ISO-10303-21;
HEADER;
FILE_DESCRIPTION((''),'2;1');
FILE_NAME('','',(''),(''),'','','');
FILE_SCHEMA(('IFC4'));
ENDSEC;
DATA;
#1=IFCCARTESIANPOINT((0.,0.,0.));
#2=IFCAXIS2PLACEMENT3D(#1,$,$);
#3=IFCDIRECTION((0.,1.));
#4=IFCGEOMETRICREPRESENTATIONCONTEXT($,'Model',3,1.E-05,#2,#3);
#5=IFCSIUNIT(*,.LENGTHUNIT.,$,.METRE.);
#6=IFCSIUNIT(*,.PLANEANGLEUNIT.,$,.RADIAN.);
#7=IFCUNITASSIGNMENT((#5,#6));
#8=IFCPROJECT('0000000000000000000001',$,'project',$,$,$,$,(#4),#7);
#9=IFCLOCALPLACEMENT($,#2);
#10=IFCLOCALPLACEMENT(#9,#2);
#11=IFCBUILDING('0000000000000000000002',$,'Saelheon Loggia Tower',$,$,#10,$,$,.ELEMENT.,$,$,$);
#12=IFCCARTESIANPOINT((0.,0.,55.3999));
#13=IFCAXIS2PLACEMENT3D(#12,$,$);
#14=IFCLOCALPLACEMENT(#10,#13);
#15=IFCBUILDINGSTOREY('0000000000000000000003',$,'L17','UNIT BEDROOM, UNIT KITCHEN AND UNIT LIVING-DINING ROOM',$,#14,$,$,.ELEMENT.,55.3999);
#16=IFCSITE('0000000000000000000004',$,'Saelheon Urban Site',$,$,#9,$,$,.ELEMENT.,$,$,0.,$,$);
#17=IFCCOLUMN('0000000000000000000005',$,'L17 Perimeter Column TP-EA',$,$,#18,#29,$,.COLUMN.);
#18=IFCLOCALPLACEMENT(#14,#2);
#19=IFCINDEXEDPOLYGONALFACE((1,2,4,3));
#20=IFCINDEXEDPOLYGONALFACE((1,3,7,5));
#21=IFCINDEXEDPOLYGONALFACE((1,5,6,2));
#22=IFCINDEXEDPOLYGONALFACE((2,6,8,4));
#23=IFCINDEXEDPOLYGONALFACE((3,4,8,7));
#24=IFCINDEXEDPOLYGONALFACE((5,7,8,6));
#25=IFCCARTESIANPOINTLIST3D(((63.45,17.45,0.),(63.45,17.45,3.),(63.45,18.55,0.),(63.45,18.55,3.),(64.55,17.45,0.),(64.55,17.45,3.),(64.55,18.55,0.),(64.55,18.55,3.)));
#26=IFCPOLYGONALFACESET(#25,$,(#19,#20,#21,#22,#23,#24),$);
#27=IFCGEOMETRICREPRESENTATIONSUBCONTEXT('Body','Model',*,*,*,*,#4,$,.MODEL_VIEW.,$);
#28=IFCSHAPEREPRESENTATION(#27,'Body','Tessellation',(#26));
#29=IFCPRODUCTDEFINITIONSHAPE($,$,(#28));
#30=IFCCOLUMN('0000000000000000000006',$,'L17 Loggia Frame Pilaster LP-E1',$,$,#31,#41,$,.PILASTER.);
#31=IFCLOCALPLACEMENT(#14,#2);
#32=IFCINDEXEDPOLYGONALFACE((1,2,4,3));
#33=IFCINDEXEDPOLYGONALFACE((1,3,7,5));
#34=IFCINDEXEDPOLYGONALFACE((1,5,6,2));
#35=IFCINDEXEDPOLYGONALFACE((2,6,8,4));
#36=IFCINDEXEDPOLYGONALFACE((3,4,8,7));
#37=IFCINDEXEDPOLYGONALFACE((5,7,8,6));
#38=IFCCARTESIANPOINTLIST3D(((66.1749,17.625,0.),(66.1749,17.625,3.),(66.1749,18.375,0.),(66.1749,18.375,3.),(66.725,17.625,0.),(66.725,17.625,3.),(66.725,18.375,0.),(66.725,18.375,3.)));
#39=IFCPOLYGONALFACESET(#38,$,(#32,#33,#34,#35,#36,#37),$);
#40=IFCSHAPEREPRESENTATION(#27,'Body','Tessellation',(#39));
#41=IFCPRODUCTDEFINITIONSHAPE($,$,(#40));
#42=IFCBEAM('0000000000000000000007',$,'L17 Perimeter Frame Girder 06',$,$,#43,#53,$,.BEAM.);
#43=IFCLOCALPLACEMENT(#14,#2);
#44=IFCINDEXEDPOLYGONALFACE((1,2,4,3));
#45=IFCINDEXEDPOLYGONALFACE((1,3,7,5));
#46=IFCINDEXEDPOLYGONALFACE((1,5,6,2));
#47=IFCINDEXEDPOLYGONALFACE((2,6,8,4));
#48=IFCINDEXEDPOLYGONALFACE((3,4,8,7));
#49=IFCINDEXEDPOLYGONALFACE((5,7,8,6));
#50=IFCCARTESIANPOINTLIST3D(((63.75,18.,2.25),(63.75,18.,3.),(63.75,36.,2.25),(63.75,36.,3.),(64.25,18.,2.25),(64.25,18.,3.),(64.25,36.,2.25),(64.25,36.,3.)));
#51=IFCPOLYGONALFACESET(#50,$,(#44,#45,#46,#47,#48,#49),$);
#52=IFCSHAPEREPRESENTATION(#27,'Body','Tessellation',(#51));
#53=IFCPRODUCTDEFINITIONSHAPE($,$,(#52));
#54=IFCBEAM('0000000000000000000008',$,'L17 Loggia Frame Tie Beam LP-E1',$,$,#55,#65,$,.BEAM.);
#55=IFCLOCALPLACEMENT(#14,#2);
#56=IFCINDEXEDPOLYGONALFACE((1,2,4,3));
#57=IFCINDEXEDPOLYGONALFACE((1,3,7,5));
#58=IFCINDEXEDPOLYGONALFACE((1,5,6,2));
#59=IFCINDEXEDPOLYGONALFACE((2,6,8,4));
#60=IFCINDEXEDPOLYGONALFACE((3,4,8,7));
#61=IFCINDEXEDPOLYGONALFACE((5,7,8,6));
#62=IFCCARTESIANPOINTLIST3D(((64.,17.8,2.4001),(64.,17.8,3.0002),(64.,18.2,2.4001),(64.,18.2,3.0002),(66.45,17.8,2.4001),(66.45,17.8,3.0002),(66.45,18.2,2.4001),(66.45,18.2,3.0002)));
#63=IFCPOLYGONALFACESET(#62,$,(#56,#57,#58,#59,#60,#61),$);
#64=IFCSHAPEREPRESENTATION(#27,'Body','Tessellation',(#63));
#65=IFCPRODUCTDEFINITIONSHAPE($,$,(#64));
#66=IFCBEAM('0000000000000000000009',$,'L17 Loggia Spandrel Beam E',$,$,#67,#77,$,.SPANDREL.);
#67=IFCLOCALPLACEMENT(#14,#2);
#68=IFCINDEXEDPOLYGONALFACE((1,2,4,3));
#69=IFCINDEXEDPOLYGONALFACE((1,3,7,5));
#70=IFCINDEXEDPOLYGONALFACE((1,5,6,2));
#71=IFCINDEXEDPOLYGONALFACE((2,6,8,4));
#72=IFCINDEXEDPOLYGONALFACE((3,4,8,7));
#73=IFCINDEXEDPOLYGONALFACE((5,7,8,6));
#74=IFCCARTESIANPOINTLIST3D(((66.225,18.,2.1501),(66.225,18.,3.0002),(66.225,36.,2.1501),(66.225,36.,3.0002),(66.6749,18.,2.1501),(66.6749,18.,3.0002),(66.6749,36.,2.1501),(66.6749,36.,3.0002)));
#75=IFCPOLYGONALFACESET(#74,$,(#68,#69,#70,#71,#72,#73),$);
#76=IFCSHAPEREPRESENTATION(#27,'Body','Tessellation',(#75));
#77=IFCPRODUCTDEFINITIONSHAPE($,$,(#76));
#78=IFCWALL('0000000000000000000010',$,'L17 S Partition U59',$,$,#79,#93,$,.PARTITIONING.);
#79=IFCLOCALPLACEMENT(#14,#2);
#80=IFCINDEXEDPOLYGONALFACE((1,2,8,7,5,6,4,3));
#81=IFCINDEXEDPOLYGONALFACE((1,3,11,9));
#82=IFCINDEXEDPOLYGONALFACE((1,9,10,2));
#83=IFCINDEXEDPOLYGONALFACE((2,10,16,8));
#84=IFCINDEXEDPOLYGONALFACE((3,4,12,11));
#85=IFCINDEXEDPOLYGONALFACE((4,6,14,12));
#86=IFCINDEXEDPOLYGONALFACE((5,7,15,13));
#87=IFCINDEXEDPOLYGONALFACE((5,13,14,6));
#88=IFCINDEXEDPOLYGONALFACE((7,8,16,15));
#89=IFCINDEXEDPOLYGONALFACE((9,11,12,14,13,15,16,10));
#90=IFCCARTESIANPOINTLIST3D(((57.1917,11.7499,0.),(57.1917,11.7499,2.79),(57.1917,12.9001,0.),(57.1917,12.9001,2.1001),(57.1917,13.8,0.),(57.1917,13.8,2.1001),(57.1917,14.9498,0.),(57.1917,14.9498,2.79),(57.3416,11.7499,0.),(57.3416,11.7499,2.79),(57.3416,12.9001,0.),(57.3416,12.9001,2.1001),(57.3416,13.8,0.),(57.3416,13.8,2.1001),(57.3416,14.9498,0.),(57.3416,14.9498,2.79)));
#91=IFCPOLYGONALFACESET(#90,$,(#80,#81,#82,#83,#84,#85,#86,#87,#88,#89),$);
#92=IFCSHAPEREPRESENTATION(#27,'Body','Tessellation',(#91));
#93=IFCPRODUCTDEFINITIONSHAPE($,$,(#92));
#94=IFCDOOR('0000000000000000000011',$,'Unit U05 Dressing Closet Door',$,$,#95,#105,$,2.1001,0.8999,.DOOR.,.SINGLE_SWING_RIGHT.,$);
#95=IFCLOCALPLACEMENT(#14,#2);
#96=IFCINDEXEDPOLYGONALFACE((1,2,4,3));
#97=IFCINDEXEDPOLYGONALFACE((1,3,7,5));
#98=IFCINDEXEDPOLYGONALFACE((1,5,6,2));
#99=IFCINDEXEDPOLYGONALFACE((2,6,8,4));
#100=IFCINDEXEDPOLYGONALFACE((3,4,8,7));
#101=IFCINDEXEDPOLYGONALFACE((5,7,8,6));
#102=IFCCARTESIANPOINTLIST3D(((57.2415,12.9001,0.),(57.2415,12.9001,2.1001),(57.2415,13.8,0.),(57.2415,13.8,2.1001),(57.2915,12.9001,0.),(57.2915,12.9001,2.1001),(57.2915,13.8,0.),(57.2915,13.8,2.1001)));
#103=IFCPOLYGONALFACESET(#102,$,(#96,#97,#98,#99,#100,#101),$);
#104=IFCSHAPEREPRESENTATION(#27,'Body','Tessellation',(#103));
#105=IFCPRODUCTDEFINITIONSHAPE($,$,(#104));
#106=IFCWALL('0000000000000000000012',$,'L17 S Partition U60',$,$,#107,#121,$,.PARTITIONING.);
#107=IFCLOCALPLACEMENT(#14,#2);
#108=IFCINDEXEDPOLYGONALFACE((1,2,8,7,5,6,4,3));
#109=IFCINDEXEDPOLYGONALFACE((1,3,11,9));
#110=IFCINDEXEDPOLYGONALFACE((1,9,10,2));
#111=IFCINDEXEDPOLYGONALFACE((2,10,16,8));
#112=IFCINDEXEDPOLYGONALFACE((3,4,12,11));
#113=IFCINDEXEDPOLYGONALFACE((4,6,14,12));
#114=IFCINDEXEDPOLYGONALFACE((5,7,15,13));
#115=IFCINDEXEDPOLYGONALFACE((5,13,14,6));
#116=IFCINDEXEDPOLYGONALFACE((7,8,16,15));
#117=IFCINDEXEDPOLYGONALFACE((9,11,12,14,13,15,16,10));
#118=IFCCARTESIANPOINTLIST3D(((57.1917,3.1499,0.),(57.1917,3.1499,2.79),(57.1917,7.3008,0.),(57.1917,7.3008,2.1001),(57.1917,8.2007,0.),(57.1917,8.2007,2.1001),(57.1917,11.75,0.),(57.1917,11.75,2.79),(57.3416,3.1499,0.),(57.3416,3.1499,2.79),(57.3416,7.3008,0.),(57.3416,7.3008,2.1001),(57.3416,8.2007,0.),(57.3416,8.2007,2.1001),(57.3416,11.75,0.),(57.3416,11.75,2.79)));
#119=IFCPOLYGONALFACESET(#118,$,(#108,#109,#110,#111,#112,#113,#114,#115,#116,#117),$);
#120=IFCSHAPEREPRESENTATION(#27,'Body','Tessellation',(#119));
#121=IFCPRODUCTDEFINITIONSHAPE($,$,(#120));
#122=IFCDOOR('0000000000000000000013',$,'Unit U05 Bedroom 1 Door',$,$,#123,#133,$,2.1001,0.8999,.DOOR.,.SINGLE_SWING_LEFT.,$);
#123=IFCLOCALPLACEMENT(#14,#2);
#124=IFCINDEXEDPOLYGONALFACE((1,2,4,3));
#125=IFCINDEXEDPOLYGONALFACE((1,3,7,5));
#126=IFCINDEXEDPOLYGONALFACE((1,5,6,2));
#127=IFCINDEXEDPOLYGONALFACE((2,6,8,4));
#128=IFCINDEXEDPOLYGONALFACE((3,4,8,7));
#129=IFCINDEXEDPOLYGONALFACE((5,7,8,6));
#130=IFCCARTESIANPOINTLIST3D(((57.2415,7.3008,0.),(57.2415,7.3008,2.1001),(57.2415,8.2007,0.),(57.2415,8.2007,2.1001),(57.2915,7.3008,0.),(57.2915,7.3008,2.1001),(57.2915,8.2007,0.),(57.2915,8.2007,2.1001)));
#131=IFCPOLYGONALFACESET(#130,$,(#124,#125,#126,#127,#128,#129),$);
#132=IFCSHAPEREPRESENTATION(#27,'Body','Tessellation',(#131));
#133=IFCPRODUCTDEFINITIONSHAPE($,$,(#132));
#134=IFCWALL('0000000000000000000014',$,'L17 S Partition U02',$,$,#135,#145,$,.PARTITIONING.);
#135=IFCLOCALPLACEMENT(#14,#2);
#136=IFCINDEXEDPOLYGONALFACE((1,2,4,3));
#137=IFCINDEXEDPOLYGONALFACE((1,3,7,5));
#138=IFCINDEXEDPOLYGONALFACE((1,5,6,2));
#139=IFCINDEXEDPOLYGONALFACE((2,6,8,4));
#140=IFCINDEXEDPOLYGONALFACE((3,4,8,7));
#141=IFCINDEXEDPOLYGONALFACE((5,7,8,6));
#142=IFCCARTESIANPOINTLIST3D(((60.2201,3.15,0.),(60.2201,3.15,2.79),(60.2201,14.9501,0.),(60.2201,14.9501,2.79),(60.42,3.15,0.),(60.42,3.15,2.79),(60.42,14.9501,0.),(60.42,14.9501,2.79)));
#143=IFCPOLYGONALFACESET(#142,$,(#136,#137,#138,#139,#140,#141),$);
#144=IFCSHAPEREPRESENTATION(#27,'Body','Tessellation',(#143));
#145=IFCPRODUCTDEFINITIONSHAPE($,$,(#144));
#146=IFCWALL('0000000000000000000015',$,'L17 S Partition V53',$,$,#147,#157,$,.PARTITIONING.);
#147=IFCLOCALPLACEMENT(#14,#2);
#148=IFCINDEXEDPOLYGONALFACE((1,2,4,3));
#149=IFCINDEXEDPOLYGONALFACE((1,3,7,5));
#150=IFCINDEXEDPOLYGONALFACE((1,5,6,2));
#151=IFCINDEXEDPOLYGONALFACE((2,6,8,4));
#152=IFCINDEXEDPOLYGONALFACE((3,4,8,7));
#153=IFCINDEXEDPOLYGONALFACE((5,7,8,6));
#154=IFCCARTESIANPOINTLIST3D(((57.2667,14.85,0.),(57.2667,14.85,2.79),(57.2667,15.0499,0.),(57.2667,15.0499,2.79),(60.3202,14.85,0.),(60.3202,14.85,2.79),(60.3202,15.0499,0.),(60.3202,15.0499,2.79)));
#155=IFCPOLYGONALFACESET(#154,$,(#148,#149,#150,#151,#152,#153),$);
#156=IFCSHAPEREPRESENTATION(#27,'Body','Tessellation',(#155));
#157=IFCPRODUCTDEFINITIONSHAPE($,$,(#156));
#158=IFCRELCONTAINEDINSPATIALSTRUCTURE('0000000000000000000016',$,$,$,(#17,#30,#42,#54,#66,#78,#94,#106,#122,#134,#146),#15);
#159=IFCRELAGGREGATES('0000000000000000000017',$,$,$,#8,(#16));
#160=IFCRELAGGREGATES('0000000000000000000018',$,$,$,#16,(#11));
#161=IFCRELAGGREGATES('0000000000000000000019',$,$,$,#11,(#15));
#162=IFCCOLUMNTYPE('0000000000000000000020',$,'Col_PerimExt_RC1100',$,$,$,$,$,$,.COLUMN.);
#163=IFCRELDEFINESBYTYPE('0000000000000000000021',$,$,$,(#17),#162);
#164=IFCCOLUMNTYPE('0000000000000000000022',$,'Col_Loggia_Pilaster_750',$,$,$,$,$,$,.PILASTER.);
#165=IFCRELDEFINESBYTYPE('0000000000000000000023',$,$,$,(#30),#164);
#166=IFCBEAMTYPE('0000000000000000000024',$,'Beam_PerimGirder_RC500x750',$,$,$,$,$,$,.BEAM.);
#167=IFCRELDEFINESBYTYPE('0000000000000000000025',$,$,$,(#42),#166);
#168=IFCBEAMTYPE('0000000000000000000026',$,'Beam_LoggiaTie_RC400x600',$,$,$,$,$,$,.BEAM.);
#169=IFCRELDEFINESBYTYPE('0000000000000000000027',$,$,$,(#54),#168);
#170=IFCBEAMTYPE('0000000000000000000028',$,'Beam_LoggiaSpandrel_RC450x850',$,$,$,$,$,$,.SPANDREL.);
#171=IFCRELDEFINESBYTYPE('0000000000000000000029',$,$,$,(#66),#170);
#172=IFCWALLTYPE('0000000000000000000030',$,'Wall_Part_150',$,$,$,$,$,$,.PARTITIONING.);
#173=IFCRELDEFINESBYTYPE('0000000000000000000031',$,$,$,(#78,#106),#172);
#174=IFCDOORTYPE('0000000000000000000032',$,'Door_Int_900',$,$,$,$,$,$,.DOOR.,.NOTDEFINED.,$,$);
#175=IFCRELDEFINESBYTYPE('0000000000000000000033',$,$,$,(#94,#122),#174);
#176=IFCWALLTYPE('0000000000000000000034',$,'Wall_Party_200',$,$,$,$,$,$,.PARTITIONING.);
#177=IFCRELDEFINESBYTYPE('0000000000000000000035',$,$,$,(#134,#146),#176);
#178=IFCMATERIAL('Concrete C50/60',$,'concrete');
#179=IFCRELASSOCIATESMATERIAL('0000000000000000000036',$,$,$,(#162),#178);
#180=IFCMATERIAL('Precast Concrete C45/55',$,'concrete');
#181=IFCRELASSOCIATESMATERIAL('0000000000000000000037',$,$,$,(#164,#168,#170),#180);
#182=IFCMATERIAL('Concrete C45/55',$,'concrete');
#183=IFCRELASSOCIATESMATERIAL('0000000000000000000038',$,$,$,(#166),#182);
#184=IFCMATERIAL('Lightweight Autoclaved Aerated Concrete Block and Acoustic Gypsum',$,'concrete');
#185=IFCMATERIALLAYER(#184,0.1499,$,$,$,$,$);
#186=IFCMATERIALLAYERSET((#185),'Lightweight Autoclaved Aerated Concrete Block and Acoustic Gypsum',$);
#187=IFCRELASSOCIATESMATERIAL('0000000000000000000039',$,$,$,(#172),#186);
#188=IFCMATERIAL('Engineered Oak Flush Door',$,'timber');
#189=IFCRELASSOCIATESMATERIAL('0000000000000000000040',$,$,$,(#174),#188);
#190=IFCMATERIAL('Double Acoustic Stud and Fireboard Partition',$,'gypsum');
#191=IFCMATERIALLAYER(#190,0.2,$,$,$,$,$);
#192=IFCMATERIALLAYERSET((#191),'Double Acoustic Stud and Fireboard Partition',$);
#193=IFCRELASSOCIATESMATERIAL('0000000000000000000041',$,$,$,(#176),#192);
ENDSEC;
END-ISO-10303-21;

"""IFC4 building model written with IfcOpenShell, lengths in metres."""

from ifc_helpers import new_model, si_unit, direction, frame, frame_2d, origin, origin_2d, place, context, subcontext, project, spatial, rectangle, extrude, source, transform, mapped, material, layer, layer_set, material_profile, profile_set, type_object, element, fill, save


model = new_model("IFC4")

# Units and contexts
model_context = context("Model", 3, precision=1e-05, world=origin(), true_north=direction((0.0, 1.0)))
body_context = subcontext(model_context, "Body", "Model", "MODEL_VIEW")
ifc_project = project(units=[si_unit("LENGTHUNIT", "METRE"), si_unit("PLANEANGLEUNIT", "RADIAN")], contexts=[model_context])

# Site, building, storey
site_placement = place(None, origin())
site = spatial("IfcSite", under=ifc_project, at=site_placement, Name="Saelheon Urban Site", CompositionType="ELEMENT", RefElevation=0.0)
building_placement = place(site_placement, origin())
building = spatial("IfcBuilding", under=site, at=building_placement, Name="Saelheon Loggia Tower", CompositionType="ELEMENT")
storey_placement = place(building_placement, frame((0.0, 0.0, 55.3999)))
storey = spatial("IfcBuildingStorey", under=building, at=storey_placement, Name="L17", Description="UNIT BEDROOM, UNIT KITCHEN AND UNIT LIVING-DINING ROOM", CompositionType="ELEMENT", Elevation=55.3999)

# Columns
ifc_material_1 = material(Name="Concrete C50/60", Category="concrete")
ifc_material_profile_1 = material_profile(ifc_material_1, rectangle(XDim=1.1001, YDim=1.1001, at=origin_2d()), Name="RC-1100x1100")
ifc_profile_set_1 = profile_set([ifc_material_profile_1], Name="Concrete C50/60")
column_type_1 = type_object("IfcColumnType", Name="Col_PerimExt_RC1100", PredefinedType="COLUMN", material=ifc_profile_set_1)
shared_shape_1 = source(origin(), body_context, "Body", "SweptSolid", [
    extrude(rectangle(XDim=1.1001, YDim=1.1001, at=origin_2d()), origin(), (0.0, 0.0, 1.0), 3.0),
])
column_1_placement = place(storey_placement, frame((64.0, 18.0, 0.0), z_axis=(0.0, 0.0, 1.0), x_axis=(1.0, 0.0, 0.0)))
element("IfcColumn", 1, at=column_1_placement, inside=storey, type_object=column_type_1, Name="L17 Perimeter Column TP-EA", PredefinedType="COLUMN", context=body_context, shape_type="MappedRepresentation", body=[
    mapped(shared_shape_1, transform((0.0, 0.0, 0.0), scale=1.0)),
])
ifc_material_2 = material(Name="Precast Concrete C45/55", Category="concrete")
ifc_material_profile_2 = material_profile(ifc_material_2, rectangle(XDim=0.55, YDim=0.75, at=origin_2d()), Name="RC-550x750")
ifc_profile_set_2 = profile_set([ifc_material_profile_2], Name="Precast Concrete C45/55")
column_type_2 = type_object("IfcColumnType", Name="Col_Loggia_Pilaster_750", PredefinedType="PILASTER", material=ifc_profile_set_2)
shared_shape_2 = source(origin(), body_context, "Body", "SweptSolid", [
    extrude(rectangle(XDim=0.55, YDim=0.75, at=origin_2d()), origin(), (0.0, 0.0, 1.0), 3.0),
])
column_2_placement = place(storey_placement, frame((66.45, 18.0, 0.0), z_axis=(0.0, 0.0, 1.0), x_axis=(1.0, 0.0, 0.0)))
element("IfcColumn", 2, at=column_2_placement, inside=storey, type_object=column_type_2, Name="L17 Loggia Frame Pilaster LP-E1", PredefinedType="PILASTER", context=body_context, shape_type="MappedRepresentation", body=[
    mapped(shared_shape_2, transform((0.0, 0.0, 0.0), scale=1.0)),
])

# Beams
ifc_material_3 = material(Name="Concrete C45/55", Category="concrete")
ifc_material_profile_3 = material_profile(ifc_material_3, rectangle(XDim=0.5, YDim=0.75, at=origin_2d()), Name="RC-500x750")
ifc_profile_set_3 = profile_set([ifc_material_profile_3], Name="Concrete C45/55")
beam_type_1 = type_object("IfcBeamType", Name="Beam_PerimGirder_RC500x750", PredefinedType="BEAM", material=ifc_profile_set_3)
shared_shape_3 = source(origin(), body_context, "Body", "SweptSolid", [
    extrude(rectangle(XDim=0.5, YDim=0.75, at=origin_2d()), origin(), (0.0, 0.0, 1.0), 18.0),
])
beam_1_placement = place(storey_placement, frame((64.0, 18.0, 2.625), z_axis=(0.0, 1.0, 0.0), x_axis=(-1.0, 0.0, 0.0)))
element("IfcBeam", 3, at=beam_1_placement, inside=storey, type_object=beam_type_1, Name="L17 Perimeter Frame Girder 06", PredefinedType="BEAM", context=body_context, shape_type="MappedRepresentation", body=[
    mapped(shared_shape_3, transform((0.0, 0.0, 0.0), scale=1.0)),
])
ifc_material_profile_4 = material_profile(ifc_material_2, rectangle(XDim=0.3999, YDim=0.6001, at=origin_2d()), Name="RC-400x600")
ifc_profile_set_4 = profile_set([ifc_material_profile_4], Name="Precast Concrete C45/55")
beam_type_2 = type_object("IfcBeamType", Name="Beam_LoggiaTie_RC400x600", PredefinedType="BEAM", material=ifc_profile_set_4)
shared_shape_4 = source(origin(), body_context, "Body", "SweptSolid", [
    extrude(rectangle(XDim=0.3999, YDim=0.6001, at=origin_2d()), origin(), (0.0, 0.0, 1.0), 2.45),
])
beam_2_placement = place(storey_placement, frame((64.0, 18.0, 2.7002), z_axis=(1.0, 0.0, 0.0), x_axis=(0.0, 1.0, 0.0)))
element("IfcBeam", 4, at=beam_2_placement, inside=storey, type_object=beam_type_2, Name="L17 Loggia Frame Tie Beam LP-E1", PredefinedType="BEAM", context=body_context, shape_type="MappedRepresentation", body=[
    mapped(shared_shape_4, transform((0.0, 0.0, 0.0), scale=1.0)),
])
ifc_material_profile_5 = material_profile(ifc_material_2, rectangle(XDim=0.45, YDim=0.8501, at=origin_2d()), Name="RC-450x850")
ifc_profile_set_5 = profile_set([ifc_material_profile_5], Name="Precast Concrete C45/55")
beam_type_3 = type_object("IfcBeamType", Name="Beam_LoggiaSpandrel_RC450x850", PredefinedType="SPANDREL", material=ifc_profile_set_5)
shared_shape_5 = source(origin(), body_context, "Body", "SweptSolid", [
    extrude(rectangle(XDim=0.45, YDim=0.8501, at=origin_2d()), origin(), (0.0, 0.0, 1.0), 18.0),
])
beam_3_placement = place(storey_placement, frame((66.45, 18.0, 2.5752), z_axis=(0.0, 1.0, 0.0), x_axis=(-1.0, 0.0, 0.0)))
element("IfcBeam", 5, at=beam_3_placement, inside=storey, type_object=beam_type_3, Name="L17 Loggia Spandrel Beam E", PredefinedType="SPANDREL", context=body_context, shape_type="MappedRepresentation", body=[
    mapped(shared_shape_5, transform((0.0, 0.0, 0.0), scale=1.0)),
])

# Walls, openings, doors
ifc_material_4 = material(Name="Lightweight Autoclaved Aerated Concrete Block and Acoustic Gypsum", Category="concrete")
ifc_layer_1 = layer(ifc_material_4, 0.1499)
ifc_layer_set_1 = layer_set([ifc_layer_1], Name="Lightweight Autoclaved Aerated Concrete Block and Acoustic Gypsum")
wall_type_1 = type_object("IfcWallType", Name="Wall_Part_150", PredefinedType="PARTITIONING", material=ifc_layer_set_1)
wall_1_placement = place(storey_placement, frame((57.2666, 14.95, 0.0), z_axis=(0.0, 0.0, 1.0), x_axis=(0.0, -1.0, 0.0)))
wall_1 = element("IfcWall", 6, at=wall_1_placement, inside=storey, type_object=wall_type_1, Name="L17 S Partition U59", PredefinedType="PARTITIONING", context=body_context, shape_type="SweptSolid", body=[
    extrude(rectangle(XDim=3.2, YDim=0.1499, at=frame_2d((1.6001, 0.0))), origin(), (0.0, 0.0, 1.0), 2.79),
])
opening_1_placement = place(wall_1_placement, frame((1.1499, 0.0, 0.0)))
opening_1 = element("IfcOpeningElement", 7, at=opening_1_placement, cuts=wall_1, PredefinedType="OPENING", context=body_context, shape_type="SweptSolid", body=[
    extrude(rectangle(XDim=0.8999, YDim=2.1001, at=frame_2d((0.45, 1.05))), frame((0.0, 0.0869, 0.0), z_axis=(0.0, -1.0, 0.0), x_axis=(1.0, 0.0, 0.0)), (0.0, 0.0, 1.0), 0.1738),
])
ifc_material_5 = material(Name="Engineered Oak Flush Door", Category="timber")
door_type_1 = type_object("IfcDoorType", Name="Door_Int_900", OperationType="NOTDEFINED", PredefinedType="DOOR", material=ifc_material_5)
shared_shape_6 = source(origin(), body_context, "Body", "SweptSolid", [
    extrude(rectangle(XDim=0.8999, YDim=2.1001, at=frame_2d((0.45, 1.05))), frame((0.0, 0.0249, 0.0), z_axis=(0.0, -1.0, 0.0), x_axis=(1.0, 0.0, 0.0)), (0.0, 0.0, 1.0), 0.05),
])
door_1_placement = place(opening_1_placement, origin())
door_1 = element("IfcDoor", 8, at=door_1_placement, inside=storey, type_object=door_type_1, Name="Unit U05 Dressing Closet Door", OperationType="SINGLE_SWING_RIGHT", OverallHeight=2.1001, OverallWidth=0.8999, PredefinedType="DOOR", context=body_context, shape_type="MappedRepresentation", body=[
    mapped(shared_shape_6, transform((0.0, 0.0, 0.0), scale=1.0)),
])
fill(opening_1, door_1)
wall_2_placement = place(storey_placement, frame((57.2666, 11.75, 0.0), z_axis=(0.0, 0.0, 1.0), x_axis=(0.0, -1.0, 0.0)))
wall_2 = element("IfcWall", 9, at=wall_2_placement, inside=storey, type_object=wall_type_1, Name="L17 S Partition U60", PredefinedType="PARTITIONING", context=body_context, shape_type="SweptSolid", body=[
    extrude(rectangle(XDim=8.6001, YDim=0.1499, at=frame_2d((4.3, 0.0))), origin(), (0.0, 0.0, 1.0), 2.79),
])
opening_2_placement = place(wall_2_placement, frame((3.5493, 0.0, 0.0)))
opening_2 = element("IfcOpeningElement", 10, at=opening_2_placement, cuts=wall_2, PredefinedType="OPENING", context=body_context, shape_type="SweptSolid", body=[
    extrude(rectangle(XDim=0.8999, YDim=2.1001, at=frame_2d((0.45, 1.05))), frame((0.0, 0.0869, 0.0), z_axis=(0.0, -1.0, 0.0), x_axis=(1.0, 0.0, 0.0)), (0.0, 0.0, 1.0), 0.1738),
])
door_2_placement = place(opening_2_placement, origin())
door_2 = element("IfcDoor", 11, at=door_2_placement, inside=storey, type_object=door_type_1, Name="Unit U05 Bedroom 1 Door", OperationType="SINGLE_SWING_LEFT", OverallHeight=2.1001, OverallWidth=0.8999, PredefinedType="DOOR", context=body_context, shape_type="MappedRepresentation", body=[
    mapped(shared_shape_6, transform((0.0, 0.0, 0.0), scale=1.0)),
])
fill(opening_2, door_2)

# Walls
ifc_material_6 = material(Name="Double Acoustic Stud and Fireboard Partition", Category="gypsum")
ifc_layer_2 = layer(ifc_material_6, 0.2)
ifc_layer_set_2 = layer_set([ifc_layer_2], Name="Double Acoustic Stud and Fireboard Partition")
wall_type_2 = type_object("IfcWallType", Name="Wall_Party_200", PredefinedType="PARTITIONING", material=ifc_layer_set_2)
wall_3_placement = place(storey_placement, frame((60.3201, 14.95, 0.0), z_axis=(0.0, 0.0, 1.0), x_axis=(0.0, -1.0, 0.0)))
element("IfcWall", 12, at=wall_3_placement, inside=storey, type_object=wall_type_2, Name="L17 S Partition U02", PredefinedType="PARTITIONING", context=body_context, shape_type="SweptSolid", body=[
    extrude(rectangle(XDim=11.8, YDim=0.2, at=frame_2d((5.8999, 0.0))), origin(), (0.0, 0.0, 1.0), 2.79),
])
wall_4_placement = place(storey_placement, frame((57.2666, 14.95, 0.0), z_axis=(0.0, 0.0, 1.0), x_axis=(1.0, 0.0, 0.0)))
element("IfcWall", 13, at=wall_4_placement, inside=storey, type_object=wall_type_2, Name="L17 S Partition V53", PredefinedType="PARTITIONING", context=body_context, shape_type="SweptSolid", body=[
    extrude(rectangle(XDim=3.0535, YDim=0.2, at=frame_2d((1.5269, 0.0))), origin(), (0.0, 0.0, 1.0), 2.79),
])

save(model, "model.ifc")
